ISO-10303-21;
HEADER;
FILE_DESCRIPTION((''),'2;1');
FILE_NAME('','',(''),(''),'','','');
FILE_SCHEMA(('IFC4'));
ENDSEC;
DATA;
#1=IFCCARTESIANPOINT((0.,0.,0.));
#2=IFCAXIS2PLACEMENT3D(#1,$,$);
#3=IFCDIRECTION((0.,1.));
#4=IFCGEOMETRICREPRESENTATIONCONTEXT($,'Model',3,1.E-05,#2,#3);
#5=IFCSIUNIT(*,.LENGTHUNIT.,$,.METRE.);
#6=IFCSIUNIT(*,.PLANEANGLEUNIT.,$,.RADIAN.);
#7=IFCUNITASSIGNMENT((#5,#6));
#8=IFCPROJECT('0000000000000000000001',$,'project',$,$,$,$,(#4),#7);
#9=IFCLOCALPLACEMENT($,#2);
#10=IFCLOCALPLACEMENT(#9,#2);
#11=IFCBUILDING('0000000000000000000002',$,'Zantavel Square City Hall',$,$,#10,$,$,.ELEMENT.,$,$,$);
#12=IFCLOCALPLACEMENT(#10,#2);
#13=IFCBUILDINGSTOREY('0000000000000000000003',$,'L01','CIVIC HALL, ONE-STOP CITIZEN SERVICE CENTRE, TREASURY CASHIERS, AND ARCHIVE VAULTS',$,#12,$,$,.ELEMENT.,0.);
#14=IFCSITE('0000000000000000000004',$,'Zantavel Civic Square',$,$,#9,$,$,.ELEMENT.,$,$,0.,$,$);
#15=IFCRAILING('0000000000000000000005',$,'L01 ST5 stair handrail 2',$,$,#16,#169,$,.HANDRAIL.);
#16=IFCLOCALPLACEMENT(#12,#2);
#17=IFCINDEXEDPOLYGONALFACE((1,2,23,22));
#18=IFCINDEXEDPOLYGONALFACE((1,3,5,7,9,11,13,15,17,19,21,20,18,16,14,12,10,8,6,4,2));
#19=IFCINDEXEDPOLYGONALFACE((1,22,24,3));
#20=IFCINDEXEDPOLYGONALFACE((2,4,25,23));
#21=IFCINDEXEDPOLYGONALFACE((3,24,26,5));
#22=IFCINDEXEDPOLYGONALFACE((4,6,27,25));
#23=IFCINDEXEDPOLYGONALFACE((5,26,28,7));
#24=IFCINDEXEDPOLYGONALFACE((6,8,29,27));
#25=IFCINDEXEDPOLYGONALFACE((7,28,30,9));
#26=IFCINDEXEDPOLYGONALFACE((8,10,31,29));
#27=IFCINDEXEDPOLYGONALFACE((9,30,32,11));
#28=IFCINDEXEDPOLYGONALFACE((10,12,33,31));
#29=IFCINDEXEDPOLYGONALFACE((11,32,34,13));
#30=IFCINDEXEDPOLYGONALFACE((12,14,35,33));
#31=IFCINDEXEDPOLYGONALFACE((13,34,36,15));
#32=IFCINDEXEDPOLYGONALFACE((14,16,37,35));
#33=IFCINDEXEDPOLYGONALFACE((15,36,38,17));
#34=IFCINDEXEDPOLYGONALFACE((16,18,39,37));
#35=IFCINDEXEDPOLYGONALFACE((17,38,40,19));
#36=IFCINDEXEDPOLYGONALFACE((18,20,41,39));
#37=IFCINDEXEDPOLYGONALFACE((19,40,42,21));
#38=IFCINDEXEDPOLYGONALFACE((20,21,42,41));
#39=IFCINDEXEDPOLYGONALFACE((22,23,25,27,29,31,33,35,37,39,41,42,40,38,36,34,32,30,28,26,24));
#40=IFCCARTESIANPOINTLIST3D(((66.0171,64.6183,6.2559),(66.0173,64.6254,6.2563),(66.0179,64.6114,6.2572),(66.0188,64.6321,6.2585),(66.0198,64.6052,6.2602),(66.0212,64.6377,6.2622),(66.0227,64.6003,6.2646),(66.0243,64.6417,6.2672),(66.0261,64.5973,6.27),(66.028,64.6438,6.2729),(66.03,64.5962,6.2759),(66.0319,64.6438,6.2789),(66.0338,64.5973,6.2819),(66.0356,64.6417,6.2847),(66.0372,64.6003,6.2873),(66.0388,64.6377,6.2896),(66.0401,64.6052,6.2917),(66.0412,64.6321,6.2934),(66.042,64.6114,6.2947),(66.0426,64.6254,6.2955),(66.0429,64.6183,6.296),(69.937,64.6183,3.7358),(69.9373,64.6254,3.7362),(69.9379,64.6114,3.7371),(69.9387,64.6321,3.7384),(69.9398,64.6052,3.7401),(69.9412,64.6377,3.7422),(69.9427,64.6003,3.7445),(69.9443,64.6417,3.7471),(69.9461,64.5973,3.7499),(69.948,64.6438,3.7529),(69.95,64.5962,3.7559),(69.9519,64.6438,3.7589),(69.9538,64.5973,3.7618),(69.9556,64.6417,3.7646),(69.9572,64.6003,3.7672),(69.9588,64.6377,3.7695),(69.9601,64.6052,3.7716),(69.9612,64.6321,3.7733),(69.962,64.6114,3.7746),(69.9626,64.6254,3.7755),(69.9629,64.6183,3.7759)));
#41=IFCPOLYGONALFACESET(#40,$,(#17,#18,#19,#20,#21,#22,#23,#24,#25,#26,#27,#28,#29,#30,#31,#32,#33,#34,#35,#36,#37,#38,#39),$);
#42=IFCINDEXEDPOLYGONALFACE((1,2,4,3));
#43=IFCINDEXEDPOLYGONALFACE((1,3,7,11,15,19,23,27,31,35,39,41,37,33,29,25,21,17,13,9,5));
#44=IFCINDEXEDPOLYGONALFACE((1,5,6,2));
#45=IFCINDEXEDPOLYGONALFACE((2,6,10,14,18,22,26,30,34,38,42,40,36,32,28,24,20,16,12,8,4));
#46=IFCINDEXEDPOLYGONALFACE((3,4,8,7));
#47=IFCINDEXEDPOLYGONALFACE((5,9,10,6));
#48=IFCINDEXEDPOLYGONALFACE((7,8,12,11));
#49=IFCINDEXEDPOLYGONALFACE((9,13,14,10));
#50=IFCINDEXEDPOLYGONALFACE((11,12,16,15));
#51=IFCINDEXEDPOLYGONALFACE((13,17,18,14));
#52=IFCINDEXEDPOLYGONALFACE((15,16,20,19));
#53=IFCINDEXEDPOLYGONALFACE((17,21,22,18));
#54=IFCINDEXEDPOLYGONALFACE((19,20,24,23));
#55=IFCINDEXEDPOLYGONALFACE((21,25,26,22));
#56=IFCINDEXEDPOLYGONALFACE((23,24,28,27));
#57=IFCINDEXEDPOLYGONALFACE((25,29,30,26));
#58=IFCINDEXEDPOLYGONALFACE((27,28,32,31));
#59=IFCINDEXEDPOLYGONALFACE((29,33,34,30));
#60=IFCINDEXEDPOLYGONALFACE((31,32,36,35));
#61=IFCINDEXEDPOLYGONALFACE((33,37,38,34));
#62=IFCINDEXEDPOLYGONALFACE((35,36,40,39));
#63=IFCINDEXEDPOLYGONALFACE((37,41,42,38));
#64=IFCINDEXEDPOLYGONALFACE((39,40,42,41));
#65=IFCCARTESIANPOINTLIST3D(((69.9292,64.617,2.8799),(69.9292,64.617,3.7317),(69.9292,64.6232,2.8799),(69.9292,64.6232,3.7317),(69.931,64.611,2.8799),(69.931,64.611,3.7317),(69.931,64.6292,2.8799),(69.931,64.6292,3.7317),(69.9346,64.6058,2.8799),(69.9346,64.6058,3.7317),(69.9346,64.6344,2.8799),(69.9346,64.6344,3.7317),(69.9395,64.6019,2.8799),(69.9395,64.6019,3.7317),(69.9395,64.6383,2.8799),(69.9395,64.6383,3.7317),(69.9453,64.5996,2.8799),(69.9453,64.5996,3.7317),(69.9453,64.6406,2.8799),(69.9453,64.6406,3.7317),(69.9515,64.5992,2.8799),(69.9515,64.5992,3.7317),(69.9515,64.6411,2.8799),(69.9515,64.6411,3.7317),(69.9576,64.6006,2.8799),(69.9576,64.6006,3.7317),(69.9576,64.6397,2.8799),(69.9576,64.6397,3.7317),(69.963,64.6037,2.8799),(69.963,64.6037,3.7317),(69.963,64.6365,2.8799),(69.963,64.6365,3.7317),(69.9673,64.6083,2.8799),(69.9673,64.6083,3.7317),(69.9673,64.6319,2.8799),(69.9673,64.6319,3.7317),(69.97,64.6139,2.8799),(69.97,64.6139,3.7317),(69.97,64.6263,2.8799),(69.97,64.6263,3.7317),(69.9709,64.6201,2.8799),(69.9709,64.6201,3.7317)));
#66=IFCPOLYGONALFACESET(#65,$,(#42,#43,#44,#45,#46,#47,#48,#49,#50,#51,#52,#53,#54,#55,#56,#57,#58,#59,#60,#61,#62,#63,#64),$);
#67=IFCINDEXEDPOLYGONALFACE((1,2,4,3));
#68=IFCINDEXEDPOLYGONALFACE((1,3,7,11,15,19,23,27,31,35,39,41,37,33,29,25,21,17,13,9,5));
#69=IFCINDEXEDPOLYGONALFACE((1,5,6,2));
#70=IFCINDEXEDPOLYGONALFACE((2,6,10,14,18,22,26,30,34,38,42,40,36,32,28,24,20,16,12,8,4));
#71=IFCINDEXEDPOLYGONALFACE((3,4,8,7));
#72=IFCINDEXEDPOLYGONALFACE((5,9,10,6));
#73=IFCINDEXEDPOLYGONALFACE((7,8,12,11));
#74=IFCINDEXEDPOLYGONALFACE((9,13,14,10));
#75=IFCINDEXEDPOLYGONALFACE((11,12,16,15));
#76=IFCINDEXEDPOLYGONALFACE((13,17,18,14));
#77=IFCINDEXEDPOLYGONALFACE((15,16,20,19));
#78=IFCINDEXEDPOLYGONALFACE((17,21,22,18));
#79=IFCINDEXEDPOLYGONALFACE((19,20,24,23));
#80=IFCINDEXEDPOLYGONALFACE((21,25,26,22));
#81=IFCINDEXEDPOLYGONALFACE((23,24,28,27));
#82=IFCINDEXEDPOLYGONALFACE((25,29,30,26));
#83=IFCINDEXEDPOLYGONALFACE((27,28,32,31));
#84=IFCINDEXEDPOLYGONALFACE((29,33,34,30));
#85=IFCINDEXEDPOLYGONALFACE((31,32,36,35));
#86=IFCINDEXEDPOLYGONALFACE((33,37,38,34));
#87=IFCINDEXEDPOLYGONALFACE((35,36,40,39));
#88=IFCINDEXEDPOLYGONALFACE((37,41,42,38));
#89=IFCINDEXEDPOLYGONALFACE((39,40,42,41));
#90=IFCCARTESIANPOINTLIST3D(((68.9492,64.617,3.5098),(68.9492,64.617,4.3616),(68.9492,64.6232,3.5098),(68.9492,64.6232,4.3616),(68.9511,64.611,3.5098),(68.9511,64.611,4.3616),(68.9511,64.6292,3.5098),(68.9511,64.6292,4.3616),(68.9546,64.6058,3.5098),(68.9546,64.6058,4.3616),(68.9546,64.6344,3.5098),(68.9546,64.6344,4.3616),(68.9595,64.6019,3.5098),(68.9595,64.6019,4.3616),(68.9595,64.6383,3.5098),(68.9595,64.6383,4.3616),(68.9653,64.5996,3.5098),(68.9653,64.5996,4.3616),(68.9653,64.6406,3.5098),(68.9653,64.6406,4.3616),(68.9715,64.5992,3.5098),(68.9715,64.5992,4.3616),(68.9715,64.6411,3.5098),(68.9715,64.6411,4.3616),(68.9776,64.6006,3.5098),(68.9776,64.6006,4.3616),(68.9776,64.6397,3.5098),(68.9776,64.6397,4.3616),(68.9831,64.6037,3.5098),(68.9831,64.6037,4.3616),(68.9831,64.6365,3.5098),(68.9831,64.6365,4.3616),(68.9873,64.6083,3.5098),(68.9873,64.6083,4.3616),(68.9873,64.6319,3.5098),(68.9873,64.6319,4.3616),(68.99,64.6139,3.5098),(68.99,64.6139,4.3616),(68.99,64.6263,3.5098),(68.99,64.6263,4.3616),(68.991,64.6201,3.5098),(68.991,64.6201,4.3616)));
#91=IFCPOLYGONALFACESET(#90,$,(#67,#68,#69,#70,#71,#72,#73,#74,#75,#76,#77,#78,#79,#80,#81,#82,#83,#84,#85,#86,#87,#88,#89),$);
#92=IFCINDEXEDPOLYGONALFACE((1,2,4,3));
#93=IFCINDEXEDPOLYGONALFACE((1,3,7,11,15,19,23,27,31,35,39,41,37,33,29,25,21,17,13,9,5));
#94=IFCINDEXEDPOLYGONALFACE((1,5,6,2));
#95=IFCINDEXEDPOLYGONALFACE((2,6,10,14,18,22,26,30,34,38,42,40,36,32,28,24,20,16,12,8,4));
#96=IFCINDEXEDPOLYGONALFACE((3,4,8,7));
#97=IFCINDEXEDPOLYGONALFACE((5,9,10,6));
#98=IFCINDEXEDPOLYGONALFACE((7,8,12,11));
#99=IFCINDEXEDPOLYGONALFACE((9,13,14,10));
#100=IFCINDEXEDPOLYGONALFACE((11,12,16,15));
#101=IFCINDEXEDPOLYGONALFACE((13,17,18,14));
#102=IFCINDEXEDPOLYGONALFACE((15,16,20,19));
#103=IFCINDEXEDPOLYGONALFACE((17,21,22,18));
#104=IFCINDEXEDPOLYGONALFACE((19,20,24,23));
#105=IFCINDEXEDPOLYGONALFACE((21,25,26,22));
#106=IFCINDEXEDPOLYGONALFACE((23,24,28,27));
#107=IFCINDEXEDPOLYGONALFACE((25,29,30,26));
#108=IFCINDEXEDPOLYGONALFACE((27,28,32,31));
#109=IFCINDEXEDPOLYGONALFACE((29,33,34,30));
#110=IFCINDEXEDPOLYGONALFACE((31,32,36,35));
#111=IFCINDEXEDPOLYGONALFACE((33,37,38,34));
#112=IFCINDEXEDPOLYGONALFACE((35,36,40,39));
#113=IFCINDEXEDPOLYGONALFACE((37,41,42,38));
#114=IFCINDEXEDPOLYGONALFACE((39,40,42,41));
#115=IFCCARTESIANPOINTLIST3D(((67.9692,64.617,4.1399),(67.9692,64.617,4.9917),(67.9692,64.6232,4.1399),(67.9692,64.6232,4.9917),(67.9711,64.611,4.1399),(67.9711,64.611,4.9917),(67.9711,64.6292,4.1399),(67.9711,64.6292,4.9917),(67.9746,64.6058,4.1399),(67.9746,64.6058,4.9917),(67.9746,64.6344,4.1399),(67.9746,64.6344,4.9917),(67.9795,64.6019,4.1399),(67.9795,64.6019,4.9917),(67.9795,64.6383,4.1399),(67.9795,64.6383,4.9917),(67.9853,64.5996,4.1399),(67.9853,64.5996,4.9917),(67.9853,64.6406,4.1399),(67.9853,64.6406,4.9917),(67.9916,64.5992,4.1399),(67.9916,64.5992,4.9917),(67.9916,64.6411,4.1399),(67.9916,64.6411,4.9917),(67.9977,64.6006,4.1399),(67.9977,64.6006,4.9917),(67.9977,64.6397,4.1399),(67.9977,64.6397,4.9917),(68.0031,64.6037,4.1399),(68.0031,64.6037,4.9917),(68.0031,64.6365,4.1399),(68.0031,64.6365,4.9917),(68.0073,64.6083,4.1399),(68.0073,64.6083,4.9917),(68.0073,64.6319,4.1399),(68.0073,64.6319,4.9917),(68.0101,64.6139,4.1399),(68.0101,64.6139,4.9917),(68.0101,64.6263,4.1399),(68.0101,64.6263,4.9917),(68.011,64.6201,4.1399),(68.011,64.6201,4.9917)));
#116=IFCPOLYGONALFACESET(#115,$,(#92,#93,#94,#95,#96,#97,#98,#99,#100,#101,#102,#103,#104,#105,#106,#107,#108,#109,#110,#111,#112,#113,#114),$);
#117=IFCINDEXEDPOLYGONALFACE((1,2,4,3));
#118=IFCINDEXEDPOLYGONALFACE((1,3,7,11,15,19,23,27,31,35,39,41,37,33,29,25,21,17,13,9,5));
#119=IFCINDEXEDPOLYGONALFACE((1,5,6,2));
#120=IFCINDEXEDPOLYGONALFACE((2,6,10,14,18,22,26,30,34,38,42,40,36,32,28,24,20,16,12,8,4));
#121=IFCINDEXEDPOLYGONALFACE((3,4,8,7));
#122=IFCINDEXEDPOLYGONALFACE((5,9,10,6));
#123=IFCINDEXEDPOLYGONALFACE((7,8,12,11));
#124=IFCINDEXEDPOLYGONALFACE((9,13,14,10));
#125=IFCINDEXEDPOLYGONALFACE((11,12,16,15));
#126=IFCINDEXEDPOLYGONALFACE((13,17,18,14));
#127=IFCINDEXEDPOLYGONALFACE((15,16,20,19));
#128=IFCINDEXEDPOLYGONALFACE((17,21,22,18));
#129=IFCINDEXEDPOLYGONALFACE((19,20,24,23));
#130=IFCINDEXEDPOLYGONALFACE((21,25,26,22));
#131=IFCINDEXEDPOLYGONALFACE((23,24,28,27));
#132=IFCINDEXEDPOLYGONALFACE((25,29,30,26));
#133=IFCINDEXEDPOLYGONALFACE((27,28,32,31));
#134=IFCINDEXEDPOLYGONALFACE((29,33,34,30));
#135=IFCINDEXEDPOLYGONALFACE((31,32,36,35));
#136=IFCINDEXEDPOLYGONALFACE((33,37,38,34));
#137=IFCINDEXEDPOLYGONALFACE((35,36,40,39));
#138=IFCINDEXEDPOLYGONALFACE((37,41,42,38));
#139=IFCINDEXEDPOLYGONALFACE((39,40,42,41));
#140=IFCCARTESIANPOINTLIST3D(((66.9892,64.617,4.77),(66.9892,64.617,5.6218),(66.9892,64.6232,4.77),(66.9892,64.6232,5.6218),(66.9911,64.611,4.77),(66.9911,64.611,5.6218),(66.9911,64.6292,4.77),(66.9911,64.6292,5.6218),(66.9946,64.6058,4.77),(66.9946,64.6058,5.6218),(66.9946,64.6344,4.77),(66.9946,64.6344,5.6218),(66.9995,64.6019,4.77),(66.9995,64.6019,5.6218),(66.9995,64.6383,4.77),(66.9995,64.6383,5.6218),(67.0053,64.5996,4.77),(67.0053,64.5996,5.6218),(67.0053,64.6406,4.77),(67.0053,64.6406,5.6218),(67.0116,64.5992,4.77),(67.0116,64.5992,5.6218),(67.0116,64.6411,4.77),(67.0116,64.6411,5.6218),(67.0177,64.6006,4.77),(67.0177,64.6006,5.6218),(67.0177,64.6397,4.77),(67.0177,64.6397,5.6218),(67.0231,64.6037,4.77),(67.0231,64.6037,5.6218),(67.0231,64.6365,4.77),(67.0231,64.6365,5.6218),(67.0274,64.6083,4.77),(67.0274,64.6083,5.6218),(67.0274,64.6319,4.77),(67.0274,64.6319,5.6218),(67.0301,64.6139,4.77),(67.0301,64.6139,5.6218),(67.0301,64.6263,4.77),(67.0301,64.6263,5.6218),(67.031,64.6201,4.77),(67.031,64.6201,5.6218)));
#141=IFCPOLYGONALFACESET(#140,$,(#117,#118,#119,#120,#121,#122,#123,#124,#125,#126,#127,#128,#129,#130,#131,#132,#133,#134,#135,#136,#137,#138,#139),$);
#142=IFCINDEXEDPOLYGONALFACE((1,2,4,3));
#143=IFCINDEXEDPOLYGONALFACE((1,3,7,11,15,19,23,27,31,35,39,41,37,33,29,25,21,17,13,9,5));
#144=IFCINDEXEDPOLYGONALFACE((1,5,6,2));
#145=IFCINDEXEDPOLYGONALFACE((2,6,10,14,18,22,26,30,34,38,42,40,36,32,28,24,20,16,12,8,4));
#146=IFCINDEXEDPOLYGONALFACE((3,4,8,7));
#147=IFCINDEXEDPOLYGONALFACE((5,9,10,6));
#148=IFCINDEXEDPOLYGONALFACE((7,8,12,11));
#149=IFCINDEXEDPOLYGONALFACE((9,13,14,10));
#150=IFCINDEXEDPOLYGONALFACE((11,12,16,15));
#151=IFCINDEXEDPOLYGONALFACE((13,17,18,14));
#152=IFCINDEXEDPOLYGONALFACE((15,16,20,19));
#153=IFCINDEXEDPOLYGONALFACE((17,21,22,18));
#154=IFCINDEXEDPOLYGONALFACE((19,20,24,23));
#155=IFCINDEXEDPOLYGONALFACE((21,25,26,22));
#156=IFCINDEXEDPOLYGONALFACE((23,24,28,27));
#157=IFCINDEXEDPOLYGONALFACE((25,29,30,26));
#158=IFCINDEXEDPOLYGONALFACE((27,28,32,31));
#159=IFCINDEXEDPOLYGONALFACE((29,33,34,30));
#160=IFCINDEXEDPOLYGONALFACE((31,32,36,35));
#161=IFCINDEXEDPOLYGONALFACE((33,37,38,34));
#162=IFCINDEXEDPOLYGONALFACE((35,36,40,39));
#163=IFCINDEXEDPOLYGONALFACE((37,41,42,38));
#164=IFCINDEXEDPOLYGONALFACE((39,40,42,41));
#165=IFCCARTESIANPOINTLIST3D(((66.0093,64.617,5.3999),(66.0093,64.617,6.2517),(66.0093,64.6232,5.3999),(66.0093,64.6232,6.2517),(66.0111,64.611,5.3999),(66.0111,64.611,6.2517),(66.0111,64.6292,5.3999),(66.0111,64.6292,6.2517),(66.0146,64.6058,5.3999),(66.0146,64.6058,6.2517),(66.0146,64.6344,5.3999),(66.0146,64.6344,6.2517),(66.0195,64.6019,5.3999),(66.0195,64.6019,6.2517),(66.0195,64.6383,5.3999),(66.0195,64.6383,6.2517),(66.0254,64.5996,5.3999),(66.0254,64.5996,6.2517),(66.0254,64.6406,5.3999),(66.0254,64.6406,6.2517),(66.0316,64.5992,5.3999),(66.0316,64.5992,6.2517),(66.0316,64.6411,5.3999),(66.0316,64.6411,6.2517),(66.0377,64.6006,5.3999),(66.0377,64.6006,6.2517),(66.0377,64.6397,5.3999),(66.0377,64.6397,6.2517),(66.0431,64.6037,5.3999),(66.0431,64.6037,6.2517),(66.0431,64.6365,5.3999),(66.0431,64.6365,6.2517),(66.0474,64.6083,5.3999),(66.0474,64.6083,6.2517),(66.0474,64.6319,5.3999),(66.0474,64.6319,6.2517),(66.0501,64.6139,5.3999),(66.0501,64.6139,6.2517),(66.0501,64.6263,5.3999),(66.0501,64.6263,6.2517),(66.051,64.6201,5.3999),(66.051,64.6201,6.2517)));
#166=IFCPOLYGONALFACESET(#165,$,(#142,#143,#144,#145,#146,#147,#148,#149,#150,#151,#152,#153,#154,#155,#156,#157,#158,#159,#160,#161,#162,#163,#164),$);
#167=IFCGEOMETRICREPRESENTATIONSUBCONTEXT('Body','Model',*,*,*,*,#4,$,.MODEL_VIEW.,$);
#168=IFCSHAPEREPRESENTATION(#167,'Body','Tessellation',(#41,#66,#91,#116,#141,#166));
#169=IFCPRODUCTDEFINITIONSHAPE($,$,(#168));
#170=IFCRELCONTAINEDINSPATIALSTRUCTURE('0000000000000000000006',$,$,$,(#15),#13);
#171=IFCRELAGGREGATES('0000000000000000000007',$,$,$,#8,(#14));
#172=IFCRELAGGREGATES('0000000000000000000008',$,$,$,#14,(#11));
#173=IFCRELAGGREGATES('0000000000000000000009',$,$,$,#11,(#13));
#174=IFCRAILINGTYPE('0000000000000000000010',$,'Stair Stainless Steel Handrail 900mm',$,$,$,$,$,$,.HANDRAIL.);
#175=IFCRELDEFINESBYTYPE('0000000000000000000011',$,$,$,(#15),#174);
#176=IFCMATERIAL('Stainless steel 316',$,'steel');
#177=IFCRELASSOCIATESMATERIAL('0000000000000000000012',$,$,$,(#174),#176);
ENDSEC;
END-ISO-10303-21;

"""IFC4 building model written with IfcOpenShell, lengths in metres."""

from ifc_helpers import new_model, si_unit, direction, frame, origin, origin_2d, place, context, subcontext, project, spatial, circle, extrude, material, type_object, element, save


model = new_model("IFC4")

# Units and contexts
model_context = context("Model", 3, precision=1e-05, world=origin(), true_north=direction((0.0, 1.0)))
body_context = subcontext(model_context, "Body", "Model", "MODEL_VIEW")
ifc_project = project(units=[si_unit("LENGTHUNIT", "METRE"), si_unit("PLANEANGLEUNIT", "RADIAN")], contexts=[model_context])

# Site, building, storey
site_placement = place(None, origin())
site = spatial("IfcSite", under=ifc_project, at=site_placement, Name="Zantavel Civic Square", CompositionType="ELEMENT", RefElevation=0.0)
building_placement = place(site_placement, origin())
building = spatial("IfcBuilding", under=site, at=building_placement, Name="Zantavel Square City Hall", CompositionType="ELEMENT")
storey_placement = place(building_placement, origin())
storey = spatial("IfcBuildingStorey", under=building, at=storey_placement, Name="L01", Description="CIVIC HALL, ONE-STOP CITIZEN SERVICE CENTRE, TREASURY CASHIERS, AND ARCHIVE VAULTS", CompositionType="ELEMENT", Elevation=0.0)

# Shared definitions
ifc_material_1 = material(Name="Stainless steel 316", Category="steel")

# Railing
railing_type_1 = type_object("IfcRailingType", Name="Stair Stainless Steel Handrail 900mm", PredefinedType="HANDRAIL", material=ifc_material_1)
railing_1_placement = place(storey_placement, frame((69.95, 64.6201, 2.8799)))
element("IfcRailing", 1, at=railing_1_placement, inside=storey, type_object=railing_type_1, Name="L01 ST5 stair handrail 2", PredefinedType="HANDRAIL", context=body_context, shape_type="SweptSolid", body=[
    extrude(circle(Radius=0.0239, at=origin_2d()), frame((0.0, 0.0, 0.876), z_axis=(-0.841172, 0.0, 0.540768), x_axis=(0.0, -1.0, 0.0)), (0.0, 0.0, 1.0), 4.6602),
    extrude(circle(Radius=0.021, at=origin_2d()), origin(), (0.0, 0.0, 1.0), 0.8518),
    extrude(circle(Radius=0.021, at=origin_2d()), frame((-0.98, 0.0, 0.6299)), (0.0, 0.0, 1.0), 0.8518),
    extrude(circle(Radius=0.021, at=origin_2d()), frame((-1.96, 0.0, 1.26)), (0.0, 0.0, 1.0), 0.8518),
    extrude(circle(Radius=0.021, at=origin_2d()), frame((-2.9399, 0.0, 1.8901)), (0.0, 0.0, 1.0), 0.8518),
    extrude(circle(Radius=0.021, at=origin_2d()), frame((-3.9199, 0.0, 2.52)), (0.0, 0.0, 1.0), 0.8518),
])

save(model, "model.ifc")
